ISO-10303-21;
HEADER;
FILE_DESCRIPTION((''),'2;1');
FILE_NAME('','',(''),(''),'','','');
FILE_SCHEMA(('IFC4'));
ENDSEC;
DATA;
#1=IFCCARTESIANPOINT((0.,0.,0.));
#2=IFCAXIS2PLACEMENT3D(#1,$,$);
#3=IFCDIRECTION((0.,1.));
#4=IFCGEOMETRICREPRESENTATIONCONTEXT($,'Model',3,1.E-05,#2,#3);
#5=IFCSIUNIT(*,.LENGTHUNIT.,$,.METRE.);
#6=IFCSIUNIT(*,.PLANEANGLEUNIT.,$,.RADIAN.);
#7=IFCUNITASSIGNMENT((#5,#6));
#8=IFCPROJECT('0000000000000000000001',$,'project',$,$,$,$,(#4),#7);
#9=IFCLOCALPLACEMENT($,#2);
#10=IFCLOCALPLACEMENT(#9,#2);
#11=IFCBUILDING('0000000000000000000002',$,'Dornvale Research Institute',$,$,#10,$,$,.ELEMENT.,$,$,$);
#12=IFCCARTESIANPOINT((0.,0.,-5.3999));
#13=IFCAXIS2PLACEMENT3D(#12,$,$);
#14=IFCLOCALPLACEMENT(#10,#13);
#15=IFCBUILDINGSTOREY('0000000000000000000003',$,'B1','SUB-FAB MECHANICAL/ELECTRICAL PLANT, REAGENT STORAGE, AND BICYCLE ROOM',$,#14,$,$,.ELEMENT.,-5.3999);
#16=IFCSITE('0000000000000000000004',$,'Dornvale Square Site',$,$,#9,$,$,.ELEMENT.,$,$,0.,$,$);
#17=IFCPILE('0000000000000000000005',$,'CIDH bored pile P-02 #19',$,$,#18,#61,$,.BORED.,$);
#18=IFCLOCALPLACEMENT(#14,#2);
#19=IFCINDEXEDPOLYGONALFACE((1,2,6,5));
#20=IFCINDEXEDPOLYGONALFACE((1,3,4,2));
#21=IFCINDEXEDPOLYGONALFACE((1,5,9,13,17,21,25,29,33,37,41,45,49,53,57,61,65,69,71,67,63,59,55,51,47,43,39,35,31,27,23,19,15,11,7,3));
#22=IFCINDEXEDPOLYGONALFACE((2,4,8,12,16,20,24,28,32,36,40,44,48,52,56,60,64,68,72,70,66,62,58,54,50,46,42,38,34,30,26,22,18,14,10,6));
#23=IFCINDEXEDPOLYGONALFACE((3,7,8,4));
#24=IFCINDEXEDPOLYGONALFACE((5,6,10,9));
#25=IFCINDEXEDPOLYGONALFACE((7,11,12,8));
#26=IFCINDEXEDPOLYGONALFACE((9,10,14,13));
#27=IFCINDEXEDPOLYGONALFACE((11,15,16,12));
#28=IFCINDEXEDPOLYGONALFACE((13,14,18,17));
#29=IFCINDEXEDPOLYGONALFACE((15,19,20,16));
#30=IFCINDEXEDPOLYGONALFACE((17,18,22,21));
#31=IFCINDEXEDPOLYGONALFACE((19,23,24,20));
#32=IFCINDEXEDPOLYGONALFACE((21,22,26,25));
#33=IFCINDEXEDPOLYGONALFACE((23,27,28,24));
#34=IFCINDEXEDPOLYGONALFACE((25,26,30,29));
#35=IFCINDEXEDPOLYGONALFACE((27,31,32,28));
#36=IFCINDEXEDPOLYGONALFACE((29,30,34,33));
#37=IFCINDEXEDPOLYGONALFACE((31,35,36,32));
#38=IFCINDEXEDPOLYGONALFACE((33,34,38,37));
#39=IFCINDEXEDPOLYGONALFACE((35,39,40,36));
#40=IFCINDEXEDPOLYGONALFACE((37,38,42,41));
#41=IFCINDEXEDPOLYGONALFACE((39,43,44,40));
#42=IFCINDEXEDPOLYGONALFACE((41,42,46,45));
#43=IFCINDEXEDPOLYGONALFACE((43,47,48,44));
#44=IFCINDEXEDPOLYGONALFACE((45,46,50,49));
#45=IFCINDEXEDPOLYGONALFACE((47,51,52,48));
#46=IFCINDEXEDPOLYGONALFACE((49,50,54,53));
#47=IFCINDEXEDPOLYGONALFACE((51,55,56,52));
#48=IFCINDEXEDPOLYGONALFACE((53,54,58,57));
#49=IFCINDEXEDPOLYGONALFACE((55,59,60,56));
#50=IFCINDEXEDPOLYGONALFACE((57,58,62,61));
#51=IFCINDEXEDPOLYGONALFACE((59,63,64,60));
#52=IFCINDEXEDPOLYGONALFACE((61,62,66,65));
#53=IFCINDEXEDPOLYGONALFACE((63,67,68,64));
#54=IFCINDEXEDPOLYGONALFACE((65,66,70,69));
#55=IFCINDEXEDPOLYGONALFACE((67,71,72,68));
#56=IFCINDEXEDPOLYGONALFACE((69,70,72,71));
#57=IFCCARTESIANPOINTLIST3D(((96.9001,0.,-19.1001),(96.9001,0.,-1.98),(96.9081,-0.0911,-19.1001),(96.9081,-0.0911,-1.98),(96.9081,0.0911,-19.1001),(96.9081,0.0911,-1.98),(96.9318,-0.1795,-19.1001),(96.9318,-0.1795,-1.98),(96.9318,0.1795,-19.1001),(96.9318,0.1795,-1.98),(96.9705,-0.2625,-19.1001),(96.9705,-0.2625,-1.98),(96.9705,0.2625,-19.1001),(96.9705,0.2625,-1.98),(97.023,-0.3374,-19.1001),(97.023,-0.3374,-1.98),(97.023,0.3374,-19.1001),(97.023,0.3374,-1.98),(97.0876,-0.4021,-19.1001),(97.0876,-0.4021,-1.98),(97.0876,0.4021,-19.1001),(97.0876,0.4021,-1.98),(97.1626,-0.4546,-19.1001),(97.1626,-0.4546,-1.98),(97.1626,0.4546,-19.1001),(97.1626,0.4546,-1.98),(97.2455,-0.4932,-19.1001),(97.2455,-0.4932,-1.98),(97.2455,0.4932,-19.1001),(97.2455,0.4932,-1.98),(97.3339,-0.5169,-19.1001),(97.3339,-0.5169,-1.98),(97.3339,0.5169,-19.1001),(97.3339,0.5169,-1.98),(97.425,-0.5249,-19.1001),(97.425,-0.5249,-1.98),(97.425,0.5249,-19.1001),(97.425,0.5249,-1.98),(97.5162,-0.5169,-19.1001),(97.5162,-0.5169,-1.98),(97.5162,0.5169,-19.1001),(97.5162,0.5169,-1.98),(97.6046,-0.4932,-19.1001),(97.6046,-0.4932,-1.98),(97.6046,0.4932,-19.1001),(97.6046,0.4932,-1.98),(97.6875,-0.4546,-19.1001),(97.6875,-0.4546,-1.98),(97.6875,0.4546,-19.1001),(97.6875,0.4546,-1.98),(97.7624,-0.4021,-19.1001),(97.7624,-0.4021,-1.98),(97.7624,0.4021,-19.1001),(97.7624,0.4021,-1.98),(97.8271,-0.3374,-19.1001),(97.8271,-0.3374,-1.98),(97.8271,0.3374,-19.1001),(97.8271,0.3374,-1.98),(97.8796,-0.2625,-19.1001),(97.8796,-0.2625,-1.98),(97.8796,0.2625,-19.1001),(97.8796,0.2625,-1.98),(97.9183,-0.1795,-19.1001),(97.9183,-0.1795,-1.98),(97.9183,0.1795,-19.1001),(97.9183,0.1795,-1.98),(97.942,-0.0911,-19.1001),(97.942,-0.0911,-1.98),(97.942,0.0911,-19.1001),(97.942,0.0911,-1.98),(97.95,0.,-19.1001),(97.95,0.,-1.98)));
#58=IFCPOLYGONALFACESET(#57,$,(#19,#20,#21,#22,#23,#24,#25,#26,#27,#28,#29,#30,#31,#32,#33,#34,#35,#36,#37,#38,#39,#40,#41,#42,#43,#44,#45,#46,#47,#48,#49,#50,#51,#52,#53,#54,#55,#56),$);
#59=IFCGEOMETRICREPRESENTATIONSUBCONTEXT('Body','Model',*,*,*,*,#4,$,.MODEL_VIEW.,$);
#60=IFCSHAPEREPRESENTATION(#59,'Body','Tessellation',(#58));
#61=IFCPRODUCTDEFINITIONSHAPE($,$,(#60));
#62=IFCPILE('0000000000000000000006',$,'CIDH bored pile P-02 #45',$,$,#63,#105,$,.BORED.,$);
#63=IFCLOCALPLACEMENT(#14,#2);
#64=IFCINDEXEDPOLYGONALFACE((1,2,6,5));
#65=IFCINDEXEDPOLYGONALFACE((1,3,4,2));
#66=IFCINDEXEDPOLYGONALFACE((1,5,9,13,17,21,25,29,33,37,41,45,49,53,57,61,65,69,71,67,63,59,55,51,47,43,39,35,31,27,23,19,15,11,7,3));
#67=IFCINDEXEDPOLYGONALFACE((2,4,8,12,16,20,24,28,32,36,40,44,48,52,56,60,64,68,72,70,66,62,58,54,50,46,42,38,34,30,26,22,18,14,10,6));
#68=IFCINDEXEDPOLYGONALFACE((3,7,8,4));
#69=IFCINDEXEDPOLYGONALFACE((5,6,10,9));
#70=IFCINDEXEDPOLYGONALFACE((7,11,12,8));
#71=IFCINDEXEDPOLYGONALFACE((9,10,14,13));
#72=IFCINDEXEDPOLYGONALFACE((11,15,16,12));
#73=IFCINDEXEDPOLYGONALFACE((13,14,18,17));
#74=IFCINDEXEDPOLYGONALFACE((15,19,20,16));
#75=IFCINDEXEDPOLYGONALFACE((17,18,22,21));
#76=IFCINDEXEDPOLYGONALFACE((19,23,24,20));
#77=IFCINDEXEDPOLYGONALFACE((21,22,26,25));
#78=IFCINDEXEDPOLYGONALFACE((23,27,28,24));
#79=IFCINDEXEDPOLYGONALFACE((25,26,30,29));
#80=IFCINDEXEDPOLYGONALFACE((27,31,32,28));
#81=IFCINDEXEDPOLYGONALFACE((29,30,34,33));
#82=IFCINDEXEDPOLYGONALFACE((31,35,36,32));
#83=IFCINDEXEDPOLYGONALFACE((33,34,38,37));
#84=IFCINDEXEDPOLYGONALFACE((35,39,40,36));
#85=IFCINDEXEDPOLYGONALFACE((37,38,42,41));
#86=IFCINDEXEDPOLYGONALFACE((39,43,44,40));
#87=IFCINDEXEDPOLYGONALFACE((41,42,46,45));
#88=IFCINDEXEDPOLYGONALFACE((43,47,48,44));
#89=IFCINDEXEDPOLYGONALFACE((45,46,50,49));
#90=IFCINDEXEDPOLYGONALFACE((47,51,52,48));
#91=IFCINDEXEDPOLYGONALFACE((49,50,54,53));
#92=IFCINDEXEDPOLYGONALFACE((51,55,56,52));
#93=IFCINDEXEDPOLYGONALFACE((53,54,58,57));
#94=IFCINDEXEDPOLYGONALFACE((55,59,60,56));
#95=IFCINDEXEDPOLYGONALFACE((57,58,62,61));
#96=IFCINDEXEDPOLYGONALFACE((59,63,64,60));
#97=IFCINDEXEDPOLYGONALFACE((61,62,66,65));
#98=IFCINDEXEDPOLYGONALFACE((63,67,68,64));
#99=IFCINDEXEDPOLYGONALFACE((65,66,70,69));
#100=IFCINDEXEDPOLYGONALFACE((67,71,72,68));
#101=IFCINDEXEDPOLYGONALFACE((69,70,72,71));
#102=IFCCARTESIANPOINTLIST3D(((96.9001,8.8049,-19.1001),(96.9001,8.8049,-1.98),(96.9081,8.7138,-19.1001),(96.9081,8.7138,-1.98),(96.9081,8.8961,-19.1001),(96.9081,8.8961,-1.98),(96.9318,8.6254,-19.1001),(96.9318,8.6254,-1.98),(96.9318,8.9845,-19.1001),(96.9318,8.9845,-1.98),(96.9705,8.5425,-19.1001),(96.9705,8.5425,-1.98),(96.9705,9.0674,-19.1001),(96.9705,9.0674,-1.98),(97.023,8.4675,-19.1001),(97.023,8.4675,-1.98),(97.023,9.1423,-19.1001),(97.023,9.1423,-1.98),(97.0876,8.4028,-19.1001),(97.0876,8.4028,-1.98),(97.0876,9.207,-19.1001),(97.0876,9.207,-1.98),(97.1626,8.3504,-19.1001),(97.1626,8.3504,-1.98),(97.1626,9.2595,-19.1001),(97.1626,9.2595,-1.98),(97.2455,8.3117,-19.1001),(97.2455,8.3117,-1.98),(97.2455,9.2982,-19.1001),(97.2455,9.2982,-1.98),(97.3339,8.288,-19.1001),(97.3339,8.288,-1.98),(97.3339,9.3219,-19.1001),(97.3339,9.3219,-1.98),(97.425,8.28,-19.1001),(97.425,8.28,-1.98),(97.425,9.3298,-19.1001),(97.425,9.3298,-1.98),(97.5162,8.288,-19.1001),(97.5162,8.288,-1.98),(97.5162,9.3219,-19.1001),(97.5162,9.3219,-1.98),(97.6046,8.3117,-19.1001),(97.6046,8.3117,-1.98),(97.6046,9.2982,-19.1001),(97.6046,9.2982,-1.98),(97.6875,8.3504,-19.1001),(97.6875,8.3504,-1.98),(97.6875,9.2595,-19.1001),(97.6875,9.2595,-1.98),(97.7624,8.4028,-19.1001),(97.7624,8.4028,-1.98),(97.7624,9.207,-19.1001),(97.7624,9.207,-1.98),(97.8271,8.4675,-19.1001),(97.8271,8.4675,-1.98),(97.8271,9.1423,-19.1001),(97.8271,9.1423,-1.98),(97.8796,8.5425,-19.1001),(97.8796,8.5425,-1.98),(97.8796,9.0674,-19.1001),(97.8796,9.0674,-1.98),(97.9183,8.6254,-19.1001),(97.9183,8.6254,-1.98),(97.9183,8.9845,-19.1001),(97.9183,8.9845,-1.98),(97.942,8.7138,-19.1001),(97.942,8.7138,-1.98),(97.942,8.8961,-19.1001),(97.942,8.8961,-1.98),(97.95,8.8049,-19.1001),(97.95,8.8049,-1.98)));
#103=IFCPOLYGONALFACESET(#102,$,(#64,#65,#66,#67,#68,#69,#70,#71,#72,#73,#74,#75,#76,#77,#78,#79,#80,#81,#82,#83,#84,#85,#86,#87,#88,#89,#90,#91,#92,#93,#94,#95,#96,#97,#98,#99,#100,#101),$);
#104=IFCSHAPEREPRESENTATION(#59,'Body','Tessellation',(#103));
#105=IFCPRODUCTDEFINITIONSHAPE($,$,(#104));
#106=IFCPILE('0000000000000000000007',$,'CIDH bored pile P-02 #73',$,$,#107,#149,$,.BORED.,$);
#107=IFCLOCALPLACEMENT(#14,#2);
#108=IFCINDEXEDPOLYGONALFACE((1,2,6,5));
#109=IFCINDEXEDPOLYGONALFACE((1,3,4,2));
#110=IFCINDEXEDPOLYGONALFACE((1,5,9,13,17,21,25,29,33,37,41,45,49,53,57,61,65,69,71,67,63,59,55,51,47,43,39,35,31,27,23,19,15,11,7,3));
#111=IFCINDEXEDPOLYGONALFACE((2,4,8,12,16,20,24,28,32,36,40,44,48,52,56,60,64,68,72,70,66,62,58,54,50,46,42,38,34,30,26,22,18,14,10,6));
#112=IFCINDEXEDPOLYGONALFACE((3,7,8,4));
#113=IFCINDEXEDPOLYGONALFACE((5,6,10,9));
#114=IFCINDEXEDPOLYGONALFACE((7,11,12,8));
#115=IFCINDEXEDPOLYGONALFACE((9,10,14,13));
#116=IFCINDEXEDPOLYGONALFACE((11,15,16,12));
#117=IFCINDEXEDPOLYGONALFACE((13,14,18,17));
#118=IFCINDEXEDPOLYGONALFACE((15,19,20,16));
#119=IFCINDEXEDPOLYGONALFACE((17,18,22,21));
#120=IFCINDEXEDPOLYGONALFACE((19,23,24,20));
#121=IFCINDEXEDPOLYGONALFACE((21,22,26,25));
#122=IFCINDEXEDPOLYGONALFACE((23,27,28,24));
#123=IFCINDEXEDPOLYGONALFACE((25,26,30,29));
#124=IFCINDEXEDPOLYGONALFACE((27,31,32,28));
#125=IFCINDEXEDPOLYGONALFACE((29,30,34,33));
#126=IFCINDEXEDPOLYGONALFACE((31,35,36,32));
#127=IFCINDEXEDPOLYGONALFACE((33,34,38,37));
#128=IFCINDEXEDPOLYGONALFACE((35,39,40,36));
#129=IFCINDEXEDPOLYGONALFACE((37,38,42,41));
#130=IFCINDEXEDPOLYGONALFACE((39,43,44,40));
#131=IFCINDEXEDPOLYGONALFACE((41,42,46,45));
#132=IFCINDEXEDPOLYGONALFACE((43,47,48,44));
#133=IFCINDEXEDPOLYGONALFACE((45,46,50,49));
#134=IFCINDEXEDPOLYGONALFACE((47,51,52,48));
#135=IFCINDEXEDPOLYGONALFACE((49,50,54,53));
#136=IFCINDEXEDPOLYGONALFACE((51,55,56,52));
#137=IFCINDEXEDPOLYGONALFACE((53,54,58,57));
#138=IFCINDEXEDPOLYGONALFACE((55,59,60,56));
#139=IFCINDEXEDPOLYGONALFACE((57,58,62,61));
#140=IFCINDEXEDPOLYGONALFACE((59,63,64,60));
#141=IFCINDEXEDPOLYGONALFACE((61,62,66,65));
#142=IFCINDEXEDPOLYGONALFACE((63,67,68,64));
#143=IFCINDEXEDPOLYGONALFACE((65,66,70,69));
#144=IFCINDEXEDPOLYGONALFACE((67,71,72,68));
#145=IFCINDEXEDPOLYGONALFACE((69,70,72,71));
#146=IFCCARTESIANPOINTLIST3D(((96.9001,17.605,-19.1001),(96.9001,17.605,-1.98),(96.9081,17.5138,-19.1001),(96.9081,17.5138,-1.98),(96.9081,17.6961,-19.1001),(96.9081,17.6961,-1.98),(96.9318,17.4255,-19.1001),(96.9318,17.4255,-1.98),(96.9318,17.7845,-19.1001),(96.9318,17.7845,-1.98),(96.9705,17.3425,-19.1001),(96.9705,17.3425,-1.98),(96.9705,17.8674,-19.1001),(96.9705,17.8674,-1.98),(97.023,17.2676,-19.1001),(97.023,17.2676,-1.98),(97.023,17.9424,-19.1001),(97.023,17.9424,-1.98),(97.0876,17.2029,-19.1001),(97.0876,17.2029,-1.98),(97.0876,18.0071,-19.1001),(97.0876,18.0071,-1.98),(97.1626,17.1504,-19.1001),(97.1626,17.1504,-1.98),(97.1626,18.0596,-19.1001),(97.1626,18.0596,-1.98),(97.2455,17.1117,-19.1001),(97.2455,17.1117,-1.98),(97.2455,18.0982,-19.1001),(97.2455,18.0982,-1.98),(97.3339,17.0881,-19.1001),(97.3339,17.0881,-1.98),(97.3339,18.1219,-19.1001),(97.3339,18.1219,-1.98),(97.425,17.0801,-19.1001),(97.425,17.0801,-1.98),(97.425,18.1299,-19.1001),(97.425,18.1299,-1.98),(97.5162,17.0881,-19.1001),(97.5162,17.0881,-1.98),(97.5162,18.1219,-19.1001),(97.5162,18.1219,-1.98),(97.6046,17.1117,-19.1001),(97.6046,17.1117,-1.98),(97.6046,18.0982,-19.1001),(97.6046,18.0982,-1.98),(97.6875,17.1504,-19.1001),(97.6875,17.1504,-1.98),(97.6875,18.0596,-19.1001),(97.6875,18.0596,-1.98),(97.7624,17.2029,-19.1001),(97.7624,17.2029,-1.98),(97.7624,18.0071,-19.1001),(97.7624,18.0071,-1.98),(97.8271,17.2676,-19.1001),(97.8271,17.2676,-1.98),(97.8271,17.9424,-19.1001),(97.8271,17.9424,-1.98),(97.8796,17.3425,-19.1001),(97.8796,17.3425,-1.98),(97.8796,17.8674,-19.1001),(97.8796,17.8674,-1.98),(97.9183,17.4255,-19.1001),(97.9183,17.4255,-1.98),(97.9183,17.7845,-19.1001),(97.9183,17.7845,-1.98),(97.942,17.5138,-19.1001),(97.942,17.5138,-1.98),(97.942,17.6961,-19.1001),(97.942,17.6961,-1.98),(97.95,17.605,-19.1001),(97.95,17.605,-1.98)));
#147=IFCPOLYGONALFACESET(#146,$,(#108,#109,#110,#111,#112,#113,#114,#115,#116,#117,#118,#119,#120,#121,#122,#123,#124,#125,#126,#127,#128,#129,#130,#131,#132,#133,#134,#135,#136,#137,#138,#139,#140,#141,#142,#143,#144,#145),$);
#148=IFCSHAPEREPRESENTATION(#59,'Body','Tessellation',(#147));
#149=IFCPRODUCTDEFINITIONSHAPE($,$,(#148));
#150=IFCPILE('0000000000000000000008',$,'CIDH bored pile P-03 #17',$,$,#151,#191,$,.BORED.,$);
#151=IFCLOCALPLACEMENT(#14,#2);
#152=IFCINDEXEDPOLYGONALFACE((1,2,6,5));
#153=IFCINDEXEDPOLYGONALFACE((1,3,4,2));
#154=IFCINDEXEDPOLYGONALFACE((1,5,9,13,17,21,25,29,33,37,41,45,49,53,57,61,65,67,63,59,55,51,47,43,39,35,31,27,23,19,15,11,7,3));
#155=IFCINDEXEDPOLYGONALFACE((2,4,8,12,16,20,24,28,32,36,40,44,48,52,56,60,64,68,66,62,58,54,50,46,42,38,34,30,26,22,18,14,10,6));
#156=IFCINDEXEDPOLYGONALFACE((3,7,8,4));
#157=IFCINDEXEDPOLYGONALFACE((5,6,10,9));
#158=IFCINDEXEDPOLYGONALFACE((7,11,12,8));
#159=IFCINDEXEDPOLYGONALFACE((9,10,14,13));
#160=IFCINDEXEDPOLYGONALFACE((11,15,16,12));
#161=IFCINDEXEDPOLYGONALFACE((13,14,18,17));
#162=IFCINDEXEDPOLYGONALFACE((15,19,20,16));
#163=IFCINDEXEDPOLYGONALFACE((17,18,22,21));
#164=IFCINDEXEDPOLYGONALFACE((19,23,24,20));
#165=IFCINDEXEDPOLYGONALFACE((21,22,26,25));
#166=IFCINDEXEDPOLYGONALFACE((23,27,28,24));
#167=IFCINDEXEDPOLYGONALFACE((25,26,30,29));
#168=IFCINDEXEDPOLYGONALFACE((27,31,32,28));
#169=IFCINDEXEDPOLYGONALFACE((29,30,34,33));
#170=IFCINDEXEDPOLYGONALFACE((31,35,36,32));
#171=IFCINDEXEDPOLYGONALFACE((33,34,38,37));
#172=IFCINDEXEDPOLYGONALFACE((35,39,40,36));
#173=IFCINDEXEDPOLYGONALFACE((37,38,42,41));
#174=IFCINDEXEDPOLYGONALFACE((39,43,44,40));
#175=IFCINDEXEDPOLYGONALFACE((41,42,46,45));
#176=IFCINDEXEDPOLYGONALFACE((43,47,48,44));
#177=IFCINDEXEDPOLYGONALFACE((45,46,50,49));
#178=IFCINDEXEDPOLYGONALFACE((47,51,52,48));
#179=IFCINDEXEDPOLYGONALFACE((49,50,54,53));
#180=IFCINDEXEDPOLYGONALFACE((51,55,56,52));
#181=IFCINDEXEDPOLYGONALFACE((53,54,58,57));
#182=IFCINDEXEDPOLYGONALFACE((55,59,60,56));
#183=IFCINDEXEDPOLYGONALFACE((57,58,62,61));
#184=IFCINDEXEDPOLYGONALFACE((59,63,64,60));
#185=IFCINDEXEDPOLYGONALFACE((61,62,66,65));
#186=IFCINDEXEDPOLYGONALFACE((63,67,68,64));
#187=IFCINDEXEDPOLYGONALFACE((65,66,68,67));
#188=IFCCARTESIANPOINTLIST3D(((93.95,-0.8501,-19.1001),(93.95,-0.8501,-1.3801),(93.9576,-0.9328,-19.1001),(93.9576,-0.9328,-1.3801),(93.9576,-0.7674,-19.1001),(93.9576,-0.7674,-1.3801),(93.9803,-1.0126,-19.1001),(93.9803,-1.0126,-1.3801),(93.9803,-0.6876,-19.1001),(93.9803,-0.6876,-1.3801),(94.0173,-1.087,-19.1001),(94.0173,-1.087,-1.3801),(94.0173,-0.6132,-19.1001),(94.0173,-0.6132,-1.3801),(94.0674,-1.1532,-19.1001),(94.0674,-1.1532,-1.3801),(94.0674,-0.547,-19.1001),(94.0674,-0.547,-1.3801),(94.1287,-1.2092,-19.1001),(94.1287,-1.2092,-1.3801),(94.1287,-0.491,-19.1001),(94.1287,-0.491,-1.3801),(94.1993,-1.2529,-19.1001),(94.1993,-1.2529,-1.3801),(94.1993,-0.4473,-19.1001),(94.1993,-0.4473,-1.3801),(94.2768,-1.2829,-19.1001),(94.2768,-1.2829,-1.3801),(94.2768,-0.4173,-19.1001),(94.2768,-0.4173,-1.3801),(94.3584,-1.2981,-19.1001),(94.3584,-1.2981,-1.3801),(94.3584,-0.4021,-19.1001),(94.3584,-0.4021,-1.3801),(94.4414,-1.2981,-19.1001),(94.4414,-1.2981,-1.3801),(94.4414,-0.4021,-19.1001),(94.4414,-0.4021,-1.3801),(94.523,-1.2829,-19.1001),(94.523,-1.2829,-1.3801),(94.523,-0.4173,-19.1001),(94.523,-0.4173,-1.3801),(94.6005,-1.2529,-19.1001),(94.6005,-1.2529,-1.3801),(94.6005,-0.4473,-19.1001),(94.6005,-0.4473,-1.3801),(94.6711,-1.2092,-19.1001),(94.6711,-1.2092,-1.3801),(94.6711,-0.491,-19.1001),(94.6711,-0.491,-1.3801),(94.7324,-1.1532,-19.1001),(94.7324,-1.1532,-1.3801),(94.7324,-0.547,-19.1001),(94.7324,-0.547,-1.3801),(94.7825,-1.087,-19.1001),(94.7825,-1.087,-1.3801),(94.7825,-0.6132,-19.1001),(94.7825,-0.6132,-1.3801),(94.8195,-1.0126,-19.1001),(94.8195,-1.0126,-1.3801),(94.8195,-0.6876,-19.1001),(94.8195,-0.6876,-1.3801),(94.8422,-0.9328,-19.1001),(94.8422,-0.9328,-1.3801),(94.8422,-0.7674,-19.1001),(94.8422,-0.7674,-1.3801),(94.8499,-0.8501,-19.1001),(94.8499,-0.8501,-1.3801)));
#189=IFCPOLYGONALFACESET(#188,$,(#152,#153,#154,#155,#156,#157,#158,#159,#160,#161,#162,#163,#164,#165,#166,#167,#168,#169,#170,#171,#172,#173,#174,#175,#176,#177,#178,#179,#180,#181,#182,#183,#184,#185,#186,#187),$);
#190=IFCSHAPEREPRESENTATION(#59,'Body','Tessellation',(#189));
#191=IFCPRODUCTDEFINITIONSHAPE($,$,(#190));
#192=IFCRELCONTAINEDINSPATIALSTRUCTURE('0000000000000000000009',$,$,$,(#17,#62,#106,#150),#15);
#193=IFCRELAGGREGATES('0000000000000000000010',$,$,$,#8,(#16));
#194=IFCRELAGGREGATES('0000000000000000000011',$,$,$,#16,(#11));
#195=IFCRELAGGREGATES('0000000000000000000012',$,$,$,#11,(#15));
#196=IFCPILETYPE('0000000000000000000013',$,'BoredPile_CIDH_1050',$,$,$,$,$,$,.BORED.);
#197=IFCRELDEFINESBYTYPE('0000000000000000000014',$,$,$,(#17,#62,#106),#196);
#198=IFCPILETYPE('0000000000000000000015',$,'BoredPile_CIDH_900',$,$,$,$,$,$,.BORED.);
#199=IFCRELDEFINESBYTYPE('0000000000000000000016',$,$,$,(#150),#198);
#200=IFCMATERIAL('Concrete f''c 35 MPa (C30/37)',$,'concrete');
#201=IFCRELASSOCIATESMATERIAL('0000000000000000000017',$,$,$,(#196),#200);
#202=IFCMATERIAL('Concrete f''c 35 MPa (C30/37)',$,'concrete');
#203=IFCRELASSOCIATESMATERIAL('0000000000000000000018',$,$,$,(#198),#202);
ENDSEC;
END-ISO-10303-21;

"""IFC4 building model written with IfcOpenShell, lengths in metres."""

from ifc_helpers import new_model, si_unit, direction, frame, origin, origin_2d, place, context, subcontext, project, spatial, circle, extrude, material, material_profile, profile_set, type_object, element, save


model = new_model("IFC4")

# Units and contexts
model_context = context("Model", 3, precision=1e-05, world=origin(), true_north=direction((0.0, 1.0)))
body_context = subcontext(model_context, "Body", "Model", "MODEL_VIEW")
ifc_project = project(units=[si_unit("LENGTHUNIT", "METRE"), si_unit("PLANEANGLEUNIT", "RADIAN")], contexts=[model_context])

# Site, building, storey
site_placement = place(None, origin())
site = spatial("IfcSite", under=ifc_project, at=site_placement, Name="Dornvale Square Site", CompositionType="ELEMENT", RefElevation=0.0)
building_placement = place(site_placement, origin())
building = spatial("IfcBuilding", under=site, at=building_placement, Name="Dornvale Research Institute", CompositionType="ELEMENT")
storey_placement = place(building_placement, frame((0.0, 0.0, -5.3999)))
storey = spatial("IfcBuildingStorey", under=building, at=storey_placement, Name="B1", Description="SUB-FAB MECHANICAL/ELECTRICAL PLANT, REAGENT STORAGE, AND BICYCLE ROOM", CompositionType="ELEMENT", Elevation=-5.3999)

# Piles
ifc_material_1 = material(Name="Concrete f'c 35 MPa (C30/37)", Category="concrete")
ifc_material_profile_1 = material_profile(ifc_material_1, circle(Radius=0.5249, at=origin_2d()), Name="CIDH PILE D1050")
ifc_profile_set_1 = profile_set([ifc_material_profile_1], Name="Concrete f'c 35 MPa (C30/37)")
pile_type_1 = type_object("IfcPileType", Name="BoredPile_CIDH_1050", PredefinedType="BORED", material=ifc_profile_set_1)
for number, where, z_axis, x_axis, name in (
    (1, (97.425, 0.0, -1.98), (0.0, 0.0, -1.0), (1.0, 0.0, 0.0), "CIDH bored pile P-02 #19"),
    (2, (97.425, 8.8049, -1.98), (0.0, 0.0, -1.0), (1.0, 0.0, 0.0), "CIDH bored pile P-02 #45"),
    (3, (97.425, 17.605, -1.98), (0.0, 0.0, -1.0), (1.0, 0.0, 0.0), "CIDH bored pile P-02 #73"),
):
    element("IfcPile", number, at=place(storey_placement, frame(where, z_axis=z_axis, x_axis=x_axis)), inside=storey, type_object=pile_type_1, Name=name, PredefinedType="BORED", context=body_context, shape_type="SweptSolid", body=[
        extrude(circle(Radius=0.5249, at=origin_2d()), origin(), (0.0, 0.0, 1.0), 17.1201),
    ])
ifc_material_2 = material(Name="Concrete f'c 35 MPa (C30/37)", Category="concrete")
ifc_material_profile_2 = material_profile(ifc_material_2, circle(Radius=0.45, at=origin_2d()), Name="CIDH PILE D900")
ifc_profile_set_2 = profile_set([ifc_material_profile_2], Name="Concrete f'c 35 MPa (C30/37)")
pile_type_2 = type_object("IfcPileType", Name="BoredPile_CIDH_900", PredefinedType="BORED", material=ifc_profile_set_2)
for number, where, z_axis, x_axis, name in (
    (4, (94.3999, -0.8501, -1.3801), (0.0, 0.0, -1.0), (1.0, 0.0, 0.0), "CIDH bored pile P-03 #17"),
):
    element("IfcPile", number, at=place(storey_placement, frame(where, z_axis=z_axis, x_axis=x_axis)), inside=storey, type_object=pile_type_2, Name=name, PredefinedType="BORED", context=body_context, shape_type="SweptSolid", body=[
        extrude(circle(Radius=0.45, at=origin_2d()), origin(), (0.0, 0.0, 1.0), 17.72),
    ])

save(model, "model.ifc")
